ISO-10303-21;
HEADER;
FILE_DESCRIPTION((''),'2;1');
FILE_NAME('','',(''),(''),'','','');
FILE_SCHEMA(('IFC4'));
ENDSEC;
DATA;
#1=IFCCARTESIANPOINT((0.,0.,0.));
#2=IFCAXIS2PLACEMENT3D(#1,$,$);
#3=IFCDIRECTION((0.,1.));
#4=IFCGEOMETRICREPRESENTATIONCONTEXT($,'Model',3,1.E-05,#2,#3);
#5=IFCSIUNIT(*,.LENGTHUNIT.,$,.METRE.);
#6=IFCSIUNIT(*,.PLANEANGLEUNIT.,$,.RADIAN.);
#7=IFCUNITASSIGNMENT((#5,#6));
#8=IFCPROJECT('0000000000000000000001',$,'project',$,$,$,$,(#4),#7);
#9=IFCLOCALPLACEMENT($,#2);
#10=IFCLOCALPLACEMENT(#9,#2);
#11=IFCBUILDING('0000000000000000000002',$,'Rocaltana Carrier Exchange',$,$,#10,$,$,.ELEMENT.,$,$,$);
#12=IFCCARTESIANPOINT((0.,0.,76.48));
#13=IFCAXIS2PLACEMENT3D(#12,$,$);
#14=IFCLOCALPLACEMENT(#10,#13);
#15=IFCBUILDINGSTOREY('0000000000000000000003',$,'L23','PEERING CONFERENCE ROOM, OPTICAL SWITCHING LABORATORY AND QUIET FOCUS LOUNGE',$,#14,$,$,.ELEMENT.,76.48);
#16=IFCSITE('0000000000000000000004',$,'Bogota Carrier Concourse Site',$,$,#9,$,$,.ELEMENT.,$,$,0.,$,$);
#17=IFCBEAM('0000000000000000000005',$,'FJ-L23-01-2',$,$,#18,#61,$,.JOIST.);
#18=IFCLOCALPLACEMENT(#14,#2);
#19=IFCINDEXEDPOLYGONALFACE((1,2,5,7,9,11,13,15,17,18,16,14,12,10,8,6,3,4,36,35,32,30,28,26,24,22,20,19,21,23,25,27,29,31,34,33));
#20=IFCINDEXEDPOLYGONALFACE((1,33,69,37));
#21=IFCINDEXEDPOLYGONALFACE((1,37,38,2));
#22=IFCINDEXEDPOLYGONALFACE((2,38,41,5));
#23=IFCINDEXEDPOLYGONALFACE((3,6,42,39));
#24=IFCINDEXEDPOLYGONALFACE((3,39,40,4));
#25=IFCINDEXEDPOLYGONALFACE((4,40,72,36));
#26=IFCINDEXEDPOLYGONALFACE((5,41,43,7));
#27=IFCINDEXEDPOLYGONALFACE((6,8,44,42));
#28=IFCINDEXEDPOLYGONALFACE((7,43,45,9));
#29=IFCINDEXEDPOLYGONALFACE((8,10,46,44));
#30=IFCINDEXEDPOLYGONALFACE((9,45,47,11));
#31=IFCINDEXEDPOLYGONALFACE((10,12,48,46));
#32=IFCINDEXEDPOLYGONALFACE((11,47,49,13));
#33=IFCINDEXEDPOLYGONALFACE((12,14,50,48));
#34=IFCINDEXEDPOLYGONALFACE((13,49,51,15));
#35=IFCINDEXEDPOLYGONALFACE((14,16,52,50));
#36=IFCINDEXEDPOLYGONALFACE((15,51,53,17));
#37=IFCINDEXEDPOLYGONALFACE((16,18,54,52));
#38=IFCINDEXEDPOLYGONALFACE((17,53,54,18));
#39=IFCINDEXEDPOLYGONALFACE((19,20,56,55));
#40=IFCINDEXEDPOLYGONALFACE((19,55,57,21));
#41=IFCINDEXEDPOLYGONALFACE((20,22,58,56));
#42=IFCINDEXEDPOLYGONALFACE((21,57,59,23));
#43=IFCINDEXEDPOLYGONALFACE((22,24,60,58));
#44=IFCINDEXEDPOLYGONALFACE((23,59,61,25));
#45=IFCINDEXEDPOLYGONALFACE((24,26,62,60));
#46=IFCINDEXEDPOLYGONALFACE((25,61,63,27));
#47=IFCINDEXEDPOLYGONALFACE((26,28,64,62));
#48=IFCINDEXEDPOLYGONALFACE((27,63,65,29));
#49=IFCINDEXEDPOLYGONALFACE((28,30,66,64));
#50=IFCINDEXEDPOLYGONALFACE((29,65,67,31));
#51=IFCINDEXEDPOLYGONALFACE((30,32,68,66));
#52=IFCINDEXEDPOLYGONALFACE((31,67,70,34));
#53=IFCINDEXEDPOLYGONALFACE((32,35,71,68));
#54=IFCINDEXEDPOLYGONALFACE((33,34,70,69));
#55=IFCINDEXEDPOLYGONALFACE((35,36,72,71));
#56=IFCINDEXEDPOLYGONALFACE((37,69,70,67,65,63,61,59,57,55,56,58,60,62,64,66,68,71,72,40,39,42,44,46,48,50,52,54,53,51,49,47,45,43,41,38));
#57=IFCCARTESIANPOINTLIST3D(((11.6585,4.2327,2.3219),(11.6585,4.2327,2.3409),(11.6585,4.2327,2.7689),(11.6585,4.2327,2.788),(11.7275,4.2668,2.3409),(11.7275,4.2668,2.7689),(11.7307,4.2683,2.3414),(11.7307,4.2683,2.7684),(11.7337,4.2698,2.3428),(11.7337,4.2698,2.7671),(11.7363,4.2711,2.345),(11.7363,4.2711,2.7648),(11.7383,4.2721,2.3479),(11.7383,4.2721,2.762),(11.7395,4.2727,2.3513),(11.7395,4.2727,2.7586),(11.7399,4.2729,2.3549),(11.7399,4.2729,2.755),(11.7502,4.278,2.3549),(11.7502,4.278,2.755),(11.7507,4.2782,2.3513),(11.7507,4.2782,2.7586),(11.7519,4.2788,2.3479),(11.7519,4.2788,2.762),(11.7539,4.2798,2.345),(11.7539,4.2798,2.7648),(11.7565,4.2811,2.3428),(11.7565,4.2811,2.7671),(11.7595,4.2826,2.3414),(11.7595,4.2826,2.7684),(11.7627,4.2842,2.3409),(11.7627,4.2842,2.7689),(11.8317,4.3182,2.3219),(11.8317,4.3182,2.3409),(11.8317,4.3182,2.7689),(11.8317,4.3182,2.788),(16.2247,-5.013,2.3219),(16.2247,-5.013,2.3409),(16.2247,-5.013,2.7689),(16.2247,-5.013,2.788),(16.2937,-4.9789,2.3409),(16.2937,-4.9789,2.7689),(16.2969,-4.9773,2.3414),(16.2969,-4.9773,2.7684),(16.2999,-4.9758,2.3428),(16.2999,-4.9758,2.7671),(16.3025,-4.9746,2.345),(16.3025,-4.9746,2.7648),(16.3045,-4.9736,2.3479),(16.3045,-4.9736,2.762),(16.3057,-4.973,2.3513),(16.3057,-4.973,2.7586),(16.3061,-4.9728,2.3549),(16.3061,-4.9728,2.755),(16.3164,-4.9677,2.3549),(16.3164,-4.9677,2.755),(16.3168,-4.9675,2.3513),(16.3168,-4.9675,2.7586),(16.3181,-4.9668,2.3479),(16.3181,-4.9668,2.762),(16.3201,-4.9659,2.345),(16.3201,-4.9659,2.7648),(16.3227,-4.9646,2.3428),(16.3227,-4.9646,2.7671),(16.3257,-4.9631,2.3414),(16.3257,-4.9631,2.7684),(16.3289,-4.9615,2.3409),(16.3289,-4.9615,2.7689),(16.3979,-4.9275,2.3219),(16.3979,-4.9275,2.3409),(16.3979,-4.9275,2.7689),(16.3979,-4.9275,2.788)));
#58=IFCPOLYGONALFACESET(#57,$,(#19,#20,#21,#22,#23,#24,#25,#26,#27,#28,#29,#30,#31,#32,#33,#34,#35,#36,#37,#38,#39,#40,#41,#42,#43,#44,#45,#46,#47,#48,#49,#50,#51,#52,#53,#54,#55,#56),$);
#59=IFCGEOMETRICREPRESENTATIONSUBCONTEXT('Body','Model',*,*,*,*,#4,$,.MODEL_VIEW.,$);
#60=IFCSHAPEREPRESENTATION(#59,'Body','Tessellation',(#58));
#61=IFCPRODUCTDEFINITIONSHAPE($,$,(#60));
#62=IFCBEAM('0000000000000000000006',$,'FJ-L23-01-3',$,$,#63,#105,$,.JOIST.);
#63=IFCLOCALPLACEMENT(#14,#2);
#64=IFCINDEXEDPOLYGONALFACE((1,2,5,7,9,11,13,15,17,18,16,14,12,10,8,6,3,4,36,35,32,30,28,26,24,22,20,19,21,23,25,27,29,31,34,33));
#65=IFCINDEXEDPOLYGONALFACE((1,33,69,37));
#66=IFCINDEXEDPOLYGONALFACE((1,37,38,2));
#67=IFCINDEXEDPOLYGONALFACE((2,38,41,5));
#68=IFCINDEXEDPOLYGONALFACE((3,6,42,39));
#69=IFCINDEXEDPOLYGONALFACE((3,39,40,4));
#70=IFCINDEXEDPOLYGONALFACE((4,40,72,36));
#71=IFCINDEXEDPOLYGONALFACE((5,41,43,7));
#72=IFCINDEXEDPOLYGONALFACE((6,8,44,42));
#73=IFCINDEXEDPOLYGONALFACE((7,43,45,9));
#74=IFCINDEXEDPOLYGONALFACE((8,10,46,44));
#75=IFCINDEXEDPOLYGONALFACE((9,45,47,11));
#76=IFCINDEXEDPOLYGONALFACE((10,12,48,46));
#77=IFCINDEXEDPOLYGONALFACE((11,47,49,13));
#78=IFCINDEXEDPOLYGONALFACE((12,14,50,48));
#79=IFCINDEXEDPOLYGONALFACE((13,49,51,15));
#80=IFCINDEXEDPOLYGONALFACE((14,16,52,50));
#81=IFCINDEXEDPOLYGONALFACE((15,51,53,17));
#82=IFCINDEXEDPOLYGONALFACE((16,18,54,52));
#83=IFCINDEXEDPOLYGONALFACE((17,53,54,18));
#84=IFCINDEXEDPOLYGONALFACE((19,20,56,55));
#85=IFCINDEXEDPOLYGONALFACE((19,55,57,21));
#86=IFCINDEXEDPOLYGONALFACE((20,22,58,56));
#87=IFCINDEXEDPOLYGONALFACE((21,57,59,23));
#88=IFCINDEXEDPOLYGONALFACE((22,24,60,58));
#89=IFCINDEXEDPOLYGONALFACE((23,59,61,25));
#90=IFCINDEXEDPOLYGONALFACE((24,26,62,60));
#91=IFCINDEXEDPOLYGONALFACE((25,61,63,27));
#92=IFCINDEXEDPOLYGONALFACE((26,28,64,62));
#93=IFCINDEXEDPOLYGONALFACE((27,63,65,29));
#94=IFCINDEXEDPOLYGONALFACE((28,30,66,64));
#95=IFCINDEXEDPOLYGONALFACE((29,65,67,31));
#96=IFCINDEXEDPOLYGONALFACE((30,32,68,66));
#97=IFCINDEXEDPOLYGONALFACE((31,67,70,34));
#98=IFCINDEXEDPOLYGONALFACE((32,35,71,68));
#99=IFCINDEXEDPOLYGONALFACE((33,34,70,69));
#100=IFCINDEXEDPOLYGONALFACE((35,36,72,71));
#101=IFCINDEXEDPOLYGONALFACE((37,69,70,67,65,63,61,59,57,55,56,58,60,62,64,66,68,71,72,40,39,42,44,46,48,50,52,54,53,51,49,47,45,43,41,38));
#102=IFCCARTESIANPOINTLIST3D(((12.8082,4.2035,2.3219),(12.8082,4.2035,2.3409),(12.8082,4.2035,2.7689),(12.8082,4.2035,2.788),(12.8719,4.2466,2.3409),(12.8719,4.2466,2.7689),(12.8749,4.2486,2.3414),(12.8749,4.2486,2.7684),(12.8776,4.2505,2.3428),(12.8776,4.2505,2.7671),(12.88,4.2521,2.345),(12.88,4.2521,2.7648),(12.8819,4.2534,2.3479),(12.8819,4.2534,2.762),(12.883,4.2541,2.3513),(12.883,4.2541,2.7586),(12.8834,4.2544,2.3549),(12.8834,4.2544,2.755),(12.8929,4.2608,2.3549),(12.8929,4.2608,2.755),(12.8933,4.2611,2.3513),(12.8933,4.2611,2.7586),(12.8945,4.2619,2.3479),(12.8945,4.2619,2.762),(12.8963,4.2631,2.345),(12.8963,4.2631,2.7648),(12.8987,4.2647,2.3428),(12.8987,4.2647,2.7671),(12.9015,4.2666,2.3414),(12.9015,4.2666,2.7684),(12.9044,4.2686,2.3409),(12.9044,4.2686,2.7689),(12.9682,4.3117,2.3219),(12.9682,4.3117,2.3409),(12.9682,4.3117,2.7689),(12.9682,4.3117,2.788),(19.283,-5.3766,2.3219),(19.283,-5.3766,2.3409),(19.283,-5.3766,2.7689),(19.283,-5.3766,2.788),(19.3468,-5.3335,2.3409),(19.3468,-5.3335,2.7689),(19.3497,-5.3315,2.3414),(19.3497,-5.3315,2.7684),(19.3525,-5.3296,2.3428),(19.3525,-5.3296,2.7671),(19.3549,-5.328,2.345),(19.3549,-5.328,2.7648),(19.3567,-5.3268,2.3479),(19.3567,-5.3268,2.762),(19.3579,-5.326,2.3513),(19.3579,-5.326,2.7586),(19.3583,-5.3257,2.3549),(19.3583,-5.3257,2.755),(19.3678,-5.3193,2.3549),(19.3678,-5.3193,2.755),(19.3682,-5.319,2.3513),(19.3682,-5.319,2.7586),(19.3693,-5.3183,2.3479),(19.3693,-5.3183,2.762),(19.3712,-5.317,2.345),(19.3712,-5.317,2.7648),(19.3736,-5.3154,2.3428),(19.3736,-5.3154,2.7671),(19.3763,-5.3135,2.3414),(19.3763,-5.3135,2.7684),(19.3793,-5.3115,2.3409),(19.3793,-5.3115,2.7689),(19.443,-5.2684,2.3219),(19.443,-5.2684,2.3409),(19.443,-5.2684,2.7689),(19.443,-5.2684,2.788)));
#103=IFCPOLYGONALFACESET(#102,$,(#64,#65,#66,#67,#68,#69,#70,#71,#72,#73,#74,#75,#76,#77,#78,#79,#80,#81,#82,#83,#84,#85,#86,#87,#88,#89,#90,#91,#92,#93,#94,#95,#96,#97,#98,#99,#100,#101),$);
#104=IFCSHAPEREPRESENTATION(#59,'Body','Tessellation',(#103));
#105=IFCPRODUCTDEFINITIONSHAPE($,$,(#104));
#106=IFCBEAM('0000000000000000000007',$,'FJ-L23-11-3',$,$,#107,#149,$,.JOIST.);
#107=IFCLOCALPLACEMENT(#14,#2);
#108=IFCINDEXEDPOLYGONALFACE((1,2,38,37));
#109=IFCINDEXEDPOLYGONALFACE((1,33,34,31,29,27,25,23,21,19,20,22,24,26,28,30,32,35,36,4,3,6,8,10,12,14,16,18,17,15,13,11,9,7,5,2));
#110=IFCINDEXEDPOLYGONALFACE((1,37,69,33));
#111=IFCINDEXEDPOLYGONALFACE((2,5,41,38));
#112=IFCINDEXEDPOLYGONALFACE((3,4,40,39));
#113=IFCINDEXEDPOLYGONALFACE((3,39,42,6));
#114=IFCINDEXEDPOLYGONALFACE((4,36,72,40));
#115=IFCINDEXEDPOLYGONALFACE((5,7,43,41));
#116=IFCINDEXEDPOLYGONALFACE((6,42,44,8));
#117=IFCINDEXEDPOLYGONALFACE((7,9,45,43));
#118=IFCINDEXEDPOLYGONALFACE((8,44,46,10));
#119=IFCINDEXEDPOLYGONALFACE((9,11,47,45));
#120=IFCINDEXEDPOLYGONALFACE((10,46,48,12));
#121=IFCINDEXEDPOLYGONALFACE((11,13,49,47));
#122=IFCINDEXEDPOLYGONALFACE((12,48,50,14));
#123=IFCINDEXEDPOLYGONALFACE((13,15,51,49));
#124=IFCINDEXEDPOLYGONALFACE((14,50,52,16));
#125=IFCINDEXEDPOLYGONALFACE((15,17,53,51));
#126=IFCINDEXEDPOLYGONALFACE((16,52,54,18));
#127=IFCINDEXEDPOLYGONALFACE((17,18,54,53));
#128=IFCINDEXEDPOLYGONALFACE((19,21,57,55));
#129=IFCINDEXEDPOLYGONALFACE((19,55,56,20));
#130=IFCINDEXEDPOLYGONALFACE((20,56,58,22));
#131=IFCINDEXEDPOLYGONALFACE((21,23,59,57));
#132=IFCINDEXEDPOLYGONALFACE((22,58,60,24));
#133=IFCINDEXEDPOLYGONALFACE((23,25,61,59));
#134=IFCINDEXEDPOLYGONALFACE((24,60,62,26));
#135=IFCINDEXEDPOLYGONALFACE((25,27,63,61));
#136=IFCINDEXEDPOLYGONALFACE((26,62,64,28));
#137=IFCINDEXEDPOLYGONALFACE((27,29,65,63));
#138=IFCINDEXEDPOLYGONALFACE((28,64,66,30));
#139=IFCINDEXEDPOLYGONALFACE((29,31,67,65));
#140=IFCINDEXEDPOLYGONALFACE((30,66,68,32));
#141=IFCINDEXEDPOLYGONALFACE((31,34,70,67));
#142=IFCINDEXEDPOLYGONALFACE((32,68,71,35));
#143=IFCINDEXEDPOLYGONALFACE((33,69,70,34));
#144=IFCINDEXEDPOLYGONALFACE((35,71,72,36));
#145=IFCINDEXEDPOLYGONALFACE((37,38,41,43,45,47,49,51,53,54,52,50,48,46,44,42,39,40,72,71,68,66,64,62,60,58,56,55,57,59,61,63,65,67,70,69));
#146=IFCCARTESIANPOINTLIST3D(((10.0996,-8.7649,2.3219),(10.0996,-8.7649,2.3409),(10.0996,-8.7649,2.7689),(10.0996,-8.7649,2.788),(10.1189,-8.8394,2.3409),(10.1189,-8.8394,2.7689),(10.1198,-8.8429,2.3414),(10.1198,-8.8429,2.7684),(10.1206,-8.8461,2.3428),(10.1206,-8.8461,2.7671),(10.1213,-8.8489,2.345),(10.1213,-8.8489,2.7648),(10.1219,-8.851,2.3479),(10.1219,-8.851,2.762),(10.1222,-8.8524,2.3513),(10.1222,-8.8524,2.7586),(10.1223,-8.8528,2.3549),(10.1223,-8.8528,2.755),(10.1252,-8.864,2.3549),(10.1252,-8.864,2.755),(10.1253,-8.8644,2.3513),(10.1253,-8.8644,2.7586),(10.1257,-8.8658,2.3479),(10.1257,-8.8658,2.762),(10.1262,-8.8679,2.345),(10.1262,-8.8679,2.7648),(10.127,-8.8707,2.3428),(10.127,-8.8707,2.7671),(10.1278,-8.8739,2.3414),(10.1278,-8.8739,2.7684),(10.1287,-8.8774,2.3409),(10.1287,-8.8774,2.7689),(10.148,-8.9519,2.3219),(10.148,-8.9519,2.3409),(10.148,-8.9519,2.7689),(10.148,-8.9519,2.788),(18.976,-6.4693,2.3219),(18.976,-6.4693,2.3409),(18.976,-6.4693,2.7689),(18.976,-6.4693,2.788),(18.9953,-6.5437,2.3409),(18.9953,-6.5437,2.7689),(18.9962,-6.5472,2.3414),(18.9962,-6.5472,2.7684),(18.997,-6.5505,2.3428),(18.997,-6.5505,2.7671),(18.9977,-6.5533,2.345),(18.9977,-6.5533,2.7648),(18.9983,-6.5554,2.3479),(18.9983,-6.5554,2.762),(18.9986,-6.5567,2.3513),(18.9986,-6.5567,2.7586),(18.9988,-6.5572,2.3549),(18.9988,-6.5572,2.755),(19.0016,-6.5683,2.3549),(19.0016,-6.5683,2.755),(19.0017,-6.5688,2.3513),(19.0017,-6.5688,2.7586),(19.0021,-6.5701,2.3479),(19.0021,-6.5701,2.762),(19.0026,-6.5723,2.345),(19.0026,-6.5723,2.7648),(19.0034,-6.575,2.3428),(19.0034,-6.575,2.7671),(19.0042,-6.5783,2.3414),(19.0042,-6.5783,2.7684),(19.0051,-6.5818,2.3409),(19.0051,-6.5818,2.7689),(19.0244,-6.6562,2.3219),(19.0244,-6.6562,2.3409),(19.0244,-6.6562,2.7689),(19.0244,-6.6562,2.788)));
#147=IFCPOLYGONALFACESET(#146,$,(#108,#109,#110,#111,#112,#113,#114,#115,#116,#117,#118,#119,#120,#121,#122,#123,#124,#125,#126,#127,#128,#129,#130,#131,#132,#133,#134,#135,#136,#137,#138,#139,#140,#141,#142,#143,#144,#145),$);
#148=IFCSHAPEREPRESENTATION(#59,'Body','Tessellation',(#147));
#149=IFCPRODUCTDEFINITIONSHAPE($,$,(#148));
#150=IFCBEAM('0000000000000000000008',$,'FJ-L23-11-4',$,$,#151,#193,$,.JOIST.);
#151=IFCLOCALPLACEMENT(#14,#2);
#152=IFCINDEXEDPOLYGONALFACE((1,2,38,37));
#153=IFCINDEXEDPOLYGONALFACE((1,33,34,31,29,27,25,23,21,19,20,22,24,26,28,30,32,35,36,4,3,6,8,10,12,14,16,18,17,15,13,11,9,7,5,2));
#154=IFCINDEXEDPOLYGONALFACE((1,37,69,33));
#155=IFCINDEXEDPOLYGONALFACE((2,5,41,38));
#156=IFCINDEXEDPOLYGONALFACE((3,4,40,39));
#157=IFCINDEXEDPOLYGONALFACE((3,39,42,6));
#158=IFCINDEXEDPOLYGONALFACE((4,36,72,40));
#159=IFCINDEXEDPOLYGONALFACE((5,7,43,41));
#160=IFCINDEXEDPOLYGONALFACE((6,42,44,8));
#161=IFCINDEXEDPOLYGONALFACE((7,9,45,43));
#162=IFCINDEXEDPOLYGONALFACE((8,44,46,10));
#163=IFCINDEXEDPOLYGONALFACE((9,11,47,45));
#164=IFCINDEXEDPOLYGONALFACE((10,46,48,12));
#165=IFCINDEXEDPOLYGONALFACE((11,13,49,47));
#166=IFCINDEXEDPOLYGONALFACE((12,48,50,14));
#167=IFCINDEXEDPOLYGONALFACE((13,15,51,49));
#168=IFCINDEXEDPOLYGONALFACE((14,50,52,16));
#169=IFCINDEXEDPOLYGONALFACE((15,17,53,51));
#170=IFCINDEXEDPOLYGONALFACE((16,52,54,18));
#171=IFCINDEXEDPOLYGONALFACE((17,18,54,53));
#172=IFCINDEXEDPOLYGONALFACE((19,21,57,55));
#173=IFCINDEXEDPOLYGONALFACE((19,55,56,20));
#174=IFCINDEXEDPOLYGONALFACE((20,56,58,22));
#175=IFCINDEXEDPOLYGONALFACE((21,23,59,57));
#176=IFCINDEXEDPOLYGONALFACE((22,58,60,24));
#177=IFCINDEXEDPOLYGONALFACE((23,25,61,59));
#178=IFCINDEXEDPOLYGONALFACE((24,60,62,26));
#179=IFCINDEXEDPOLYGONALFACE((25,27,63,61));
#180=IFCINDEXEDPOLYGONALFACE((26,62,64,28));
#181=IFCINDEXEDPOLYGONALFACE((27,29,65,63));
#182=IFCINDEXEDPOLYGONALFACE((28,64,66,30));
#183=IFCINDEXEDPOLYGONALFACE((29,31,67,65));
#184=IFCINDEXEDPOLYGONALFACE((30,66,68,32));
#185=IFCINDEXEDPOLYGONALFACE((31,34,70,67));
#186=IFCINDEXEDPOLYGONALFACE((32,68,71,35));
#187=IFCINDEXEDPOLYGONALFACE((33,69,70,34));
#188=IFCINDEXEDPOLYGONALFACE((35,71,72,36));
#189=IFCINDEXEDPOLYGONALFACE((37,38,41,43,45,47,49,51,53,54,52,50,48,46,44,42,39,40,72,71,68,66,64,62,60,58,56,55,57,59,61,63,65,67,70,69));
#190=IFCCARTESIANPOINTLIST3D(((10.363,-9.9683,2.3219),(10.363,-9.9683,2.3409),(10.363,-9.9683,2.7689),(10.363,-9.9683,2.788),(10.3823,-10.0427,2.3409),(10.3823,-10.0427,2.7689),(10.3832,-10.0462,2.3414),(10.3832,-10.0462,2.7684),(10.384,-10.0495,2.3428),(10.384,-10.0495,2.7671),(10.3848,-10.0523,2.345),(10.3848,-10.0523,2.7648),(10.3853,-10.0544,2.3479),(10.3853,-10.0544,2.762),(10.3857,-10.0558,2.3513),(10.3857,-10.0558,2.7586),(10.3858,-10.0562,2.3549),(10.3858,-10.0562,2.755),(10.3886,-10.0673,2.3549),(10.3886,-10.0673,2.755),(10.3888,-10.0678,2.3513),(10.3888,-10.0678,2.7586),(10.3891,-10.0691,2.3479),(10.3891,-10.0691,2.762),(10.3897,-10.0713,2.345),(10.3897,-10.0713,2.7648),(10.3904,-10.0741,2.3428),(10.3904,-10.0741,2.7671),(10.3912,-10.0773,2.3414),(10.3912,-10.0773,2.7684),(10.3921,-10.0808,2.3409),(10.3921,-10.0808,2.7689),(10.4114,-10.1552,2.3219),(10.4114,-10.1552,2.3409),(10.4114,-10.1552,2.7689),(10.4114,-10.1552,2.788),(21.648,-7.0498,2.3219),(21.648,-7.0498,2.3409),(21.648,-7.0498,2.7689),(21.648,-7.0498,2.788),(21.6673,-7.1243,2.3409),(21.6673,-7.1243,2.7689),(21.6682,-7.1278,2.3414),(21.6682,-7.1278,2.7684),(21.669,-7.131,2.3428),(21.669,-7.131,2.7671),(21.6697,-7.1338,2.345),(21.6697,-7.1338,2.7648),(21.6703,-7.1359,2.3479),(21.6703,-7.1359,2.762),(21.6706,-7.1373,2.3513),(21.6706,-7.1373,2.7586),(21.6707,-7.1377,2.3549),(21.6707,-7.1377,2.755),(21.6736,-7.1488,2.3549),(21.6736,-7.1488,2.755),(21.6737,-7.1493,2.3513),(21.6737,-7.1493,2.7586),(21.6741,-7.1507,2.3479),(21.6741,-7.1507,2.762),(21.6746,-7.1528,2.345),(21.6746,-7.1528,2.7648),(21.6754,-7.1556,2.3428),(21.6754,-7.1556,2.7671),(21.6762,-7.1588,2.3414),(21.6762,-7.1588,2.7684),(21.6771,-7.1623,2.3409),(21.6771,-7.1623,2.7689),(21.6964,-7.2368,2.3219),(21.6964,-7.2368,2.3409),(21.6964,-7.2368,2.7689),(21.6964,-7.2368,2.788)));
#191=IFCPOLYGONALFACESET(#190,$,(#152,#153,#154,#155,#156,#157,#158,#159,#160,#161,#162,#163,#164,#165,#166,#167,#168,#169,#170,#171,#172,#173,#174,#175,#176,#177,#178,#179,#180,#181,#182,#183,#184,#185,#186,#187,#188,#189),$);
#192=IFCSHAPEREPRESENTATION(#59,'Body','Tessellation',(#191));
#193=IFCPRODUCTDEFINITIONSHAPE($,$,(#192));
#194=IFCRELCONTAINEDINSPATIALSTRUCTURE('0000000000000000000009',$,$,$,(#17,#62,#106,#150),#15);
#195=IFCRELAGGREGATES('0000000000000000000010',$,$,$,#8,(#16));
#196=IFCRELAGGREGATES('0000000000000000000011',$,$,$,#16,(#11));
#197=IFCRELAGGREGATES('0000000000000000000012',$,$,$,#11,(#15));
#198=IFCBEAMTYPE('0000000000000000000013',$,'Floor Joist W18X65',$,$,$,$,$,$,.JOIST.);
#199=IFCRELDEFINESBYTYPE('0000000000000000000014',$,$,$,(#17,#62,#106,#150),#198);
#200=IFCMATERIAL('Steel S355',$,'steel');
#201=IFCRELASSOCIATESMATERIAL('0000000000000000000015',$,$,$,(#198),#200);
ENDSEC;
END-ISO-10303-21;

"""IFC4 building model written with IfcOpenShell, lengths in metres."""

from ifc_helpers import new_model, si_unit, direction, frame, origin, origin_2d, place, context, subcontext, project, spatial, i_section, extrude, material, material_profile, profile_set, type_object, element, save


model = new_model("IFC4")

# Units and contexts
model_context = context("Model", 3, precision=1e-05, world=origin(), true_north=direction((0.0, 1.0)))
body_context = subcontext(model_context, "Body", "Model", "MODEL_VIEW")
ifc_project = project(units=[si_unit("LENGTHUNIT", "METRE"), si_unit("PLANEANGLEUNIT", "RADIAN")], contexts=[model_context])

# Site, building, storey
site_placement = place(None, origin())
site = spatial("IfcSite", under=ifc_project, at=site_placement, Name="Bogota Carrier Concourse Site", CompositionType="ELEMENT", RefElevation=0.0)
building_placement = place(site_placement, origin())
building = spatial("IfcBuilding", under=site, at=building_placement, Name="Rocaltana Carrier Exchange", CompositionType="ELEMENT")
storey_placement = place(building_placement, frame((0.0, 0.0, 76.48)))
storey = spatial("IfcBuildingStorey", under=building, at=storey_placement, Name="L23", Description="PEERING CONFERENCE ROOM, OPTICAL SWITCHING LABORATORY AND QUIET FOCUS LOUNGE", CompositionType="ELEMENT", Elevation=76.48)

# Beams
ifc_material_1 = material(Name="Steel S355", Category="steel")
ifc_material_profile_1 = material_profile(ifc_material_1, i_section(OverallWidth=0.1931, OverallDepth=0.4661, WebThickness=0.0115, FlangeThickness=0.019, FilletRadius=0.0139, at=origin_2d()), Name="W18X65")
ifc_profile_set_1 = profile_set([ifc_material_profile_1], Name="Steel S355")
beam_type_1 = type_object("IfcBeamType", Name="Floor Joist W18X65", PredefinedType="JOIST", material=ifc_profile_set_1)
beam_1_placement = place(storey_placement, frame((16.3113, -4.9702, 2.5549), z_axis=(-0.442814, 0.896614, 0.0), x_axis=(-0.896614, -0.442814, 0.0)))
element("IfcBeam", 1, at=beam_1_placement, inside=storey, type_object=beam_type_1, Name="FJ-L23-01-2", PredefinedType="JOIST", context=body_context, shape_type="SweptSolid", body=[
    extrude(i_section(OverallWidth=0.1931, OverallDepth=0.4661, WebThickness=0.0115, FlangeThickness=0.019, FilletRadius=0.0139, at=origin_2d()), origin(), (0.0, 0.0, 1.0), 10.3118),
])
beam_2_placement = place(storey_placement, frame((19.363, -5.3225, 2.5549), z_axis=(-0.559966, 0.828516, 0.0), x_axis=(-0.828516, -0.559966, 0.0)))
element("IfcBeam", 2, at=beam_2_placement, inside=storey, type_object=beam_type_1, Name="FJ-L23-01-3", PredefinedType="JOIST", context=body_context, shape_type="SweptSolid", body=[
    extrude(i_section(OverallWidth=0.1931, OverallDepth=0.4661, WebThickness=0.0115, FlangeThickness=0.019, FilletRadius=0.0139, at=origin_2d()), origin(), (0.0, 0.0, 1.0), 11.563),
])
beam_3_placement = place(storey_placement, frame((10.1238, -8.8584, 2.5549), z_axis=(0.968146, 0.250385, 0.0), x_axis=(-0.250385, 0.968146, 0.0)))
element("IfcBeam", 3, at=beam_3_placement, inside=storey, type_object=beam_type_1, Name="FJ-L23-11-3", PredefinedType="JOIST", context=body_context, shape_type="SweptSolid", body=[
    extrude(i_section(OverallWidth=0.1931, OverallDepth=0.4661, WebThickness=0.0115, FlangeThickness=0.019, FilletRadius=0.0139, at=origin_2d()), origin(), (0.0, 0.0, 1.0), 9.1685),
])
beam_4_placement = place(storey_placement, frame((10.3872, -10.0618, 2.5549), z_axis=(0.968148, 0.250378, 0.0), x_axis=(-0.250378, 0.968148, 0.0)))
element("IfcBeam", 4, at=beam_4_placement, inside=storey, type_object=beam_type_1, Name="FJ-L23-11-4", PredefinedType="JOIST", context=body_context, shape_type="SweptSolid", body=[
    extrude(i_section(OverallWidth=0.1931, OverallDepth=0.4661, WebThickness=0.0115, FlangeThickness=0.019, FilletRadius=0.0139, at=origin_2d()), origin(), (0.0, 0.0, 1.0), 11.6562),
])

save(model, "model.ifc")
